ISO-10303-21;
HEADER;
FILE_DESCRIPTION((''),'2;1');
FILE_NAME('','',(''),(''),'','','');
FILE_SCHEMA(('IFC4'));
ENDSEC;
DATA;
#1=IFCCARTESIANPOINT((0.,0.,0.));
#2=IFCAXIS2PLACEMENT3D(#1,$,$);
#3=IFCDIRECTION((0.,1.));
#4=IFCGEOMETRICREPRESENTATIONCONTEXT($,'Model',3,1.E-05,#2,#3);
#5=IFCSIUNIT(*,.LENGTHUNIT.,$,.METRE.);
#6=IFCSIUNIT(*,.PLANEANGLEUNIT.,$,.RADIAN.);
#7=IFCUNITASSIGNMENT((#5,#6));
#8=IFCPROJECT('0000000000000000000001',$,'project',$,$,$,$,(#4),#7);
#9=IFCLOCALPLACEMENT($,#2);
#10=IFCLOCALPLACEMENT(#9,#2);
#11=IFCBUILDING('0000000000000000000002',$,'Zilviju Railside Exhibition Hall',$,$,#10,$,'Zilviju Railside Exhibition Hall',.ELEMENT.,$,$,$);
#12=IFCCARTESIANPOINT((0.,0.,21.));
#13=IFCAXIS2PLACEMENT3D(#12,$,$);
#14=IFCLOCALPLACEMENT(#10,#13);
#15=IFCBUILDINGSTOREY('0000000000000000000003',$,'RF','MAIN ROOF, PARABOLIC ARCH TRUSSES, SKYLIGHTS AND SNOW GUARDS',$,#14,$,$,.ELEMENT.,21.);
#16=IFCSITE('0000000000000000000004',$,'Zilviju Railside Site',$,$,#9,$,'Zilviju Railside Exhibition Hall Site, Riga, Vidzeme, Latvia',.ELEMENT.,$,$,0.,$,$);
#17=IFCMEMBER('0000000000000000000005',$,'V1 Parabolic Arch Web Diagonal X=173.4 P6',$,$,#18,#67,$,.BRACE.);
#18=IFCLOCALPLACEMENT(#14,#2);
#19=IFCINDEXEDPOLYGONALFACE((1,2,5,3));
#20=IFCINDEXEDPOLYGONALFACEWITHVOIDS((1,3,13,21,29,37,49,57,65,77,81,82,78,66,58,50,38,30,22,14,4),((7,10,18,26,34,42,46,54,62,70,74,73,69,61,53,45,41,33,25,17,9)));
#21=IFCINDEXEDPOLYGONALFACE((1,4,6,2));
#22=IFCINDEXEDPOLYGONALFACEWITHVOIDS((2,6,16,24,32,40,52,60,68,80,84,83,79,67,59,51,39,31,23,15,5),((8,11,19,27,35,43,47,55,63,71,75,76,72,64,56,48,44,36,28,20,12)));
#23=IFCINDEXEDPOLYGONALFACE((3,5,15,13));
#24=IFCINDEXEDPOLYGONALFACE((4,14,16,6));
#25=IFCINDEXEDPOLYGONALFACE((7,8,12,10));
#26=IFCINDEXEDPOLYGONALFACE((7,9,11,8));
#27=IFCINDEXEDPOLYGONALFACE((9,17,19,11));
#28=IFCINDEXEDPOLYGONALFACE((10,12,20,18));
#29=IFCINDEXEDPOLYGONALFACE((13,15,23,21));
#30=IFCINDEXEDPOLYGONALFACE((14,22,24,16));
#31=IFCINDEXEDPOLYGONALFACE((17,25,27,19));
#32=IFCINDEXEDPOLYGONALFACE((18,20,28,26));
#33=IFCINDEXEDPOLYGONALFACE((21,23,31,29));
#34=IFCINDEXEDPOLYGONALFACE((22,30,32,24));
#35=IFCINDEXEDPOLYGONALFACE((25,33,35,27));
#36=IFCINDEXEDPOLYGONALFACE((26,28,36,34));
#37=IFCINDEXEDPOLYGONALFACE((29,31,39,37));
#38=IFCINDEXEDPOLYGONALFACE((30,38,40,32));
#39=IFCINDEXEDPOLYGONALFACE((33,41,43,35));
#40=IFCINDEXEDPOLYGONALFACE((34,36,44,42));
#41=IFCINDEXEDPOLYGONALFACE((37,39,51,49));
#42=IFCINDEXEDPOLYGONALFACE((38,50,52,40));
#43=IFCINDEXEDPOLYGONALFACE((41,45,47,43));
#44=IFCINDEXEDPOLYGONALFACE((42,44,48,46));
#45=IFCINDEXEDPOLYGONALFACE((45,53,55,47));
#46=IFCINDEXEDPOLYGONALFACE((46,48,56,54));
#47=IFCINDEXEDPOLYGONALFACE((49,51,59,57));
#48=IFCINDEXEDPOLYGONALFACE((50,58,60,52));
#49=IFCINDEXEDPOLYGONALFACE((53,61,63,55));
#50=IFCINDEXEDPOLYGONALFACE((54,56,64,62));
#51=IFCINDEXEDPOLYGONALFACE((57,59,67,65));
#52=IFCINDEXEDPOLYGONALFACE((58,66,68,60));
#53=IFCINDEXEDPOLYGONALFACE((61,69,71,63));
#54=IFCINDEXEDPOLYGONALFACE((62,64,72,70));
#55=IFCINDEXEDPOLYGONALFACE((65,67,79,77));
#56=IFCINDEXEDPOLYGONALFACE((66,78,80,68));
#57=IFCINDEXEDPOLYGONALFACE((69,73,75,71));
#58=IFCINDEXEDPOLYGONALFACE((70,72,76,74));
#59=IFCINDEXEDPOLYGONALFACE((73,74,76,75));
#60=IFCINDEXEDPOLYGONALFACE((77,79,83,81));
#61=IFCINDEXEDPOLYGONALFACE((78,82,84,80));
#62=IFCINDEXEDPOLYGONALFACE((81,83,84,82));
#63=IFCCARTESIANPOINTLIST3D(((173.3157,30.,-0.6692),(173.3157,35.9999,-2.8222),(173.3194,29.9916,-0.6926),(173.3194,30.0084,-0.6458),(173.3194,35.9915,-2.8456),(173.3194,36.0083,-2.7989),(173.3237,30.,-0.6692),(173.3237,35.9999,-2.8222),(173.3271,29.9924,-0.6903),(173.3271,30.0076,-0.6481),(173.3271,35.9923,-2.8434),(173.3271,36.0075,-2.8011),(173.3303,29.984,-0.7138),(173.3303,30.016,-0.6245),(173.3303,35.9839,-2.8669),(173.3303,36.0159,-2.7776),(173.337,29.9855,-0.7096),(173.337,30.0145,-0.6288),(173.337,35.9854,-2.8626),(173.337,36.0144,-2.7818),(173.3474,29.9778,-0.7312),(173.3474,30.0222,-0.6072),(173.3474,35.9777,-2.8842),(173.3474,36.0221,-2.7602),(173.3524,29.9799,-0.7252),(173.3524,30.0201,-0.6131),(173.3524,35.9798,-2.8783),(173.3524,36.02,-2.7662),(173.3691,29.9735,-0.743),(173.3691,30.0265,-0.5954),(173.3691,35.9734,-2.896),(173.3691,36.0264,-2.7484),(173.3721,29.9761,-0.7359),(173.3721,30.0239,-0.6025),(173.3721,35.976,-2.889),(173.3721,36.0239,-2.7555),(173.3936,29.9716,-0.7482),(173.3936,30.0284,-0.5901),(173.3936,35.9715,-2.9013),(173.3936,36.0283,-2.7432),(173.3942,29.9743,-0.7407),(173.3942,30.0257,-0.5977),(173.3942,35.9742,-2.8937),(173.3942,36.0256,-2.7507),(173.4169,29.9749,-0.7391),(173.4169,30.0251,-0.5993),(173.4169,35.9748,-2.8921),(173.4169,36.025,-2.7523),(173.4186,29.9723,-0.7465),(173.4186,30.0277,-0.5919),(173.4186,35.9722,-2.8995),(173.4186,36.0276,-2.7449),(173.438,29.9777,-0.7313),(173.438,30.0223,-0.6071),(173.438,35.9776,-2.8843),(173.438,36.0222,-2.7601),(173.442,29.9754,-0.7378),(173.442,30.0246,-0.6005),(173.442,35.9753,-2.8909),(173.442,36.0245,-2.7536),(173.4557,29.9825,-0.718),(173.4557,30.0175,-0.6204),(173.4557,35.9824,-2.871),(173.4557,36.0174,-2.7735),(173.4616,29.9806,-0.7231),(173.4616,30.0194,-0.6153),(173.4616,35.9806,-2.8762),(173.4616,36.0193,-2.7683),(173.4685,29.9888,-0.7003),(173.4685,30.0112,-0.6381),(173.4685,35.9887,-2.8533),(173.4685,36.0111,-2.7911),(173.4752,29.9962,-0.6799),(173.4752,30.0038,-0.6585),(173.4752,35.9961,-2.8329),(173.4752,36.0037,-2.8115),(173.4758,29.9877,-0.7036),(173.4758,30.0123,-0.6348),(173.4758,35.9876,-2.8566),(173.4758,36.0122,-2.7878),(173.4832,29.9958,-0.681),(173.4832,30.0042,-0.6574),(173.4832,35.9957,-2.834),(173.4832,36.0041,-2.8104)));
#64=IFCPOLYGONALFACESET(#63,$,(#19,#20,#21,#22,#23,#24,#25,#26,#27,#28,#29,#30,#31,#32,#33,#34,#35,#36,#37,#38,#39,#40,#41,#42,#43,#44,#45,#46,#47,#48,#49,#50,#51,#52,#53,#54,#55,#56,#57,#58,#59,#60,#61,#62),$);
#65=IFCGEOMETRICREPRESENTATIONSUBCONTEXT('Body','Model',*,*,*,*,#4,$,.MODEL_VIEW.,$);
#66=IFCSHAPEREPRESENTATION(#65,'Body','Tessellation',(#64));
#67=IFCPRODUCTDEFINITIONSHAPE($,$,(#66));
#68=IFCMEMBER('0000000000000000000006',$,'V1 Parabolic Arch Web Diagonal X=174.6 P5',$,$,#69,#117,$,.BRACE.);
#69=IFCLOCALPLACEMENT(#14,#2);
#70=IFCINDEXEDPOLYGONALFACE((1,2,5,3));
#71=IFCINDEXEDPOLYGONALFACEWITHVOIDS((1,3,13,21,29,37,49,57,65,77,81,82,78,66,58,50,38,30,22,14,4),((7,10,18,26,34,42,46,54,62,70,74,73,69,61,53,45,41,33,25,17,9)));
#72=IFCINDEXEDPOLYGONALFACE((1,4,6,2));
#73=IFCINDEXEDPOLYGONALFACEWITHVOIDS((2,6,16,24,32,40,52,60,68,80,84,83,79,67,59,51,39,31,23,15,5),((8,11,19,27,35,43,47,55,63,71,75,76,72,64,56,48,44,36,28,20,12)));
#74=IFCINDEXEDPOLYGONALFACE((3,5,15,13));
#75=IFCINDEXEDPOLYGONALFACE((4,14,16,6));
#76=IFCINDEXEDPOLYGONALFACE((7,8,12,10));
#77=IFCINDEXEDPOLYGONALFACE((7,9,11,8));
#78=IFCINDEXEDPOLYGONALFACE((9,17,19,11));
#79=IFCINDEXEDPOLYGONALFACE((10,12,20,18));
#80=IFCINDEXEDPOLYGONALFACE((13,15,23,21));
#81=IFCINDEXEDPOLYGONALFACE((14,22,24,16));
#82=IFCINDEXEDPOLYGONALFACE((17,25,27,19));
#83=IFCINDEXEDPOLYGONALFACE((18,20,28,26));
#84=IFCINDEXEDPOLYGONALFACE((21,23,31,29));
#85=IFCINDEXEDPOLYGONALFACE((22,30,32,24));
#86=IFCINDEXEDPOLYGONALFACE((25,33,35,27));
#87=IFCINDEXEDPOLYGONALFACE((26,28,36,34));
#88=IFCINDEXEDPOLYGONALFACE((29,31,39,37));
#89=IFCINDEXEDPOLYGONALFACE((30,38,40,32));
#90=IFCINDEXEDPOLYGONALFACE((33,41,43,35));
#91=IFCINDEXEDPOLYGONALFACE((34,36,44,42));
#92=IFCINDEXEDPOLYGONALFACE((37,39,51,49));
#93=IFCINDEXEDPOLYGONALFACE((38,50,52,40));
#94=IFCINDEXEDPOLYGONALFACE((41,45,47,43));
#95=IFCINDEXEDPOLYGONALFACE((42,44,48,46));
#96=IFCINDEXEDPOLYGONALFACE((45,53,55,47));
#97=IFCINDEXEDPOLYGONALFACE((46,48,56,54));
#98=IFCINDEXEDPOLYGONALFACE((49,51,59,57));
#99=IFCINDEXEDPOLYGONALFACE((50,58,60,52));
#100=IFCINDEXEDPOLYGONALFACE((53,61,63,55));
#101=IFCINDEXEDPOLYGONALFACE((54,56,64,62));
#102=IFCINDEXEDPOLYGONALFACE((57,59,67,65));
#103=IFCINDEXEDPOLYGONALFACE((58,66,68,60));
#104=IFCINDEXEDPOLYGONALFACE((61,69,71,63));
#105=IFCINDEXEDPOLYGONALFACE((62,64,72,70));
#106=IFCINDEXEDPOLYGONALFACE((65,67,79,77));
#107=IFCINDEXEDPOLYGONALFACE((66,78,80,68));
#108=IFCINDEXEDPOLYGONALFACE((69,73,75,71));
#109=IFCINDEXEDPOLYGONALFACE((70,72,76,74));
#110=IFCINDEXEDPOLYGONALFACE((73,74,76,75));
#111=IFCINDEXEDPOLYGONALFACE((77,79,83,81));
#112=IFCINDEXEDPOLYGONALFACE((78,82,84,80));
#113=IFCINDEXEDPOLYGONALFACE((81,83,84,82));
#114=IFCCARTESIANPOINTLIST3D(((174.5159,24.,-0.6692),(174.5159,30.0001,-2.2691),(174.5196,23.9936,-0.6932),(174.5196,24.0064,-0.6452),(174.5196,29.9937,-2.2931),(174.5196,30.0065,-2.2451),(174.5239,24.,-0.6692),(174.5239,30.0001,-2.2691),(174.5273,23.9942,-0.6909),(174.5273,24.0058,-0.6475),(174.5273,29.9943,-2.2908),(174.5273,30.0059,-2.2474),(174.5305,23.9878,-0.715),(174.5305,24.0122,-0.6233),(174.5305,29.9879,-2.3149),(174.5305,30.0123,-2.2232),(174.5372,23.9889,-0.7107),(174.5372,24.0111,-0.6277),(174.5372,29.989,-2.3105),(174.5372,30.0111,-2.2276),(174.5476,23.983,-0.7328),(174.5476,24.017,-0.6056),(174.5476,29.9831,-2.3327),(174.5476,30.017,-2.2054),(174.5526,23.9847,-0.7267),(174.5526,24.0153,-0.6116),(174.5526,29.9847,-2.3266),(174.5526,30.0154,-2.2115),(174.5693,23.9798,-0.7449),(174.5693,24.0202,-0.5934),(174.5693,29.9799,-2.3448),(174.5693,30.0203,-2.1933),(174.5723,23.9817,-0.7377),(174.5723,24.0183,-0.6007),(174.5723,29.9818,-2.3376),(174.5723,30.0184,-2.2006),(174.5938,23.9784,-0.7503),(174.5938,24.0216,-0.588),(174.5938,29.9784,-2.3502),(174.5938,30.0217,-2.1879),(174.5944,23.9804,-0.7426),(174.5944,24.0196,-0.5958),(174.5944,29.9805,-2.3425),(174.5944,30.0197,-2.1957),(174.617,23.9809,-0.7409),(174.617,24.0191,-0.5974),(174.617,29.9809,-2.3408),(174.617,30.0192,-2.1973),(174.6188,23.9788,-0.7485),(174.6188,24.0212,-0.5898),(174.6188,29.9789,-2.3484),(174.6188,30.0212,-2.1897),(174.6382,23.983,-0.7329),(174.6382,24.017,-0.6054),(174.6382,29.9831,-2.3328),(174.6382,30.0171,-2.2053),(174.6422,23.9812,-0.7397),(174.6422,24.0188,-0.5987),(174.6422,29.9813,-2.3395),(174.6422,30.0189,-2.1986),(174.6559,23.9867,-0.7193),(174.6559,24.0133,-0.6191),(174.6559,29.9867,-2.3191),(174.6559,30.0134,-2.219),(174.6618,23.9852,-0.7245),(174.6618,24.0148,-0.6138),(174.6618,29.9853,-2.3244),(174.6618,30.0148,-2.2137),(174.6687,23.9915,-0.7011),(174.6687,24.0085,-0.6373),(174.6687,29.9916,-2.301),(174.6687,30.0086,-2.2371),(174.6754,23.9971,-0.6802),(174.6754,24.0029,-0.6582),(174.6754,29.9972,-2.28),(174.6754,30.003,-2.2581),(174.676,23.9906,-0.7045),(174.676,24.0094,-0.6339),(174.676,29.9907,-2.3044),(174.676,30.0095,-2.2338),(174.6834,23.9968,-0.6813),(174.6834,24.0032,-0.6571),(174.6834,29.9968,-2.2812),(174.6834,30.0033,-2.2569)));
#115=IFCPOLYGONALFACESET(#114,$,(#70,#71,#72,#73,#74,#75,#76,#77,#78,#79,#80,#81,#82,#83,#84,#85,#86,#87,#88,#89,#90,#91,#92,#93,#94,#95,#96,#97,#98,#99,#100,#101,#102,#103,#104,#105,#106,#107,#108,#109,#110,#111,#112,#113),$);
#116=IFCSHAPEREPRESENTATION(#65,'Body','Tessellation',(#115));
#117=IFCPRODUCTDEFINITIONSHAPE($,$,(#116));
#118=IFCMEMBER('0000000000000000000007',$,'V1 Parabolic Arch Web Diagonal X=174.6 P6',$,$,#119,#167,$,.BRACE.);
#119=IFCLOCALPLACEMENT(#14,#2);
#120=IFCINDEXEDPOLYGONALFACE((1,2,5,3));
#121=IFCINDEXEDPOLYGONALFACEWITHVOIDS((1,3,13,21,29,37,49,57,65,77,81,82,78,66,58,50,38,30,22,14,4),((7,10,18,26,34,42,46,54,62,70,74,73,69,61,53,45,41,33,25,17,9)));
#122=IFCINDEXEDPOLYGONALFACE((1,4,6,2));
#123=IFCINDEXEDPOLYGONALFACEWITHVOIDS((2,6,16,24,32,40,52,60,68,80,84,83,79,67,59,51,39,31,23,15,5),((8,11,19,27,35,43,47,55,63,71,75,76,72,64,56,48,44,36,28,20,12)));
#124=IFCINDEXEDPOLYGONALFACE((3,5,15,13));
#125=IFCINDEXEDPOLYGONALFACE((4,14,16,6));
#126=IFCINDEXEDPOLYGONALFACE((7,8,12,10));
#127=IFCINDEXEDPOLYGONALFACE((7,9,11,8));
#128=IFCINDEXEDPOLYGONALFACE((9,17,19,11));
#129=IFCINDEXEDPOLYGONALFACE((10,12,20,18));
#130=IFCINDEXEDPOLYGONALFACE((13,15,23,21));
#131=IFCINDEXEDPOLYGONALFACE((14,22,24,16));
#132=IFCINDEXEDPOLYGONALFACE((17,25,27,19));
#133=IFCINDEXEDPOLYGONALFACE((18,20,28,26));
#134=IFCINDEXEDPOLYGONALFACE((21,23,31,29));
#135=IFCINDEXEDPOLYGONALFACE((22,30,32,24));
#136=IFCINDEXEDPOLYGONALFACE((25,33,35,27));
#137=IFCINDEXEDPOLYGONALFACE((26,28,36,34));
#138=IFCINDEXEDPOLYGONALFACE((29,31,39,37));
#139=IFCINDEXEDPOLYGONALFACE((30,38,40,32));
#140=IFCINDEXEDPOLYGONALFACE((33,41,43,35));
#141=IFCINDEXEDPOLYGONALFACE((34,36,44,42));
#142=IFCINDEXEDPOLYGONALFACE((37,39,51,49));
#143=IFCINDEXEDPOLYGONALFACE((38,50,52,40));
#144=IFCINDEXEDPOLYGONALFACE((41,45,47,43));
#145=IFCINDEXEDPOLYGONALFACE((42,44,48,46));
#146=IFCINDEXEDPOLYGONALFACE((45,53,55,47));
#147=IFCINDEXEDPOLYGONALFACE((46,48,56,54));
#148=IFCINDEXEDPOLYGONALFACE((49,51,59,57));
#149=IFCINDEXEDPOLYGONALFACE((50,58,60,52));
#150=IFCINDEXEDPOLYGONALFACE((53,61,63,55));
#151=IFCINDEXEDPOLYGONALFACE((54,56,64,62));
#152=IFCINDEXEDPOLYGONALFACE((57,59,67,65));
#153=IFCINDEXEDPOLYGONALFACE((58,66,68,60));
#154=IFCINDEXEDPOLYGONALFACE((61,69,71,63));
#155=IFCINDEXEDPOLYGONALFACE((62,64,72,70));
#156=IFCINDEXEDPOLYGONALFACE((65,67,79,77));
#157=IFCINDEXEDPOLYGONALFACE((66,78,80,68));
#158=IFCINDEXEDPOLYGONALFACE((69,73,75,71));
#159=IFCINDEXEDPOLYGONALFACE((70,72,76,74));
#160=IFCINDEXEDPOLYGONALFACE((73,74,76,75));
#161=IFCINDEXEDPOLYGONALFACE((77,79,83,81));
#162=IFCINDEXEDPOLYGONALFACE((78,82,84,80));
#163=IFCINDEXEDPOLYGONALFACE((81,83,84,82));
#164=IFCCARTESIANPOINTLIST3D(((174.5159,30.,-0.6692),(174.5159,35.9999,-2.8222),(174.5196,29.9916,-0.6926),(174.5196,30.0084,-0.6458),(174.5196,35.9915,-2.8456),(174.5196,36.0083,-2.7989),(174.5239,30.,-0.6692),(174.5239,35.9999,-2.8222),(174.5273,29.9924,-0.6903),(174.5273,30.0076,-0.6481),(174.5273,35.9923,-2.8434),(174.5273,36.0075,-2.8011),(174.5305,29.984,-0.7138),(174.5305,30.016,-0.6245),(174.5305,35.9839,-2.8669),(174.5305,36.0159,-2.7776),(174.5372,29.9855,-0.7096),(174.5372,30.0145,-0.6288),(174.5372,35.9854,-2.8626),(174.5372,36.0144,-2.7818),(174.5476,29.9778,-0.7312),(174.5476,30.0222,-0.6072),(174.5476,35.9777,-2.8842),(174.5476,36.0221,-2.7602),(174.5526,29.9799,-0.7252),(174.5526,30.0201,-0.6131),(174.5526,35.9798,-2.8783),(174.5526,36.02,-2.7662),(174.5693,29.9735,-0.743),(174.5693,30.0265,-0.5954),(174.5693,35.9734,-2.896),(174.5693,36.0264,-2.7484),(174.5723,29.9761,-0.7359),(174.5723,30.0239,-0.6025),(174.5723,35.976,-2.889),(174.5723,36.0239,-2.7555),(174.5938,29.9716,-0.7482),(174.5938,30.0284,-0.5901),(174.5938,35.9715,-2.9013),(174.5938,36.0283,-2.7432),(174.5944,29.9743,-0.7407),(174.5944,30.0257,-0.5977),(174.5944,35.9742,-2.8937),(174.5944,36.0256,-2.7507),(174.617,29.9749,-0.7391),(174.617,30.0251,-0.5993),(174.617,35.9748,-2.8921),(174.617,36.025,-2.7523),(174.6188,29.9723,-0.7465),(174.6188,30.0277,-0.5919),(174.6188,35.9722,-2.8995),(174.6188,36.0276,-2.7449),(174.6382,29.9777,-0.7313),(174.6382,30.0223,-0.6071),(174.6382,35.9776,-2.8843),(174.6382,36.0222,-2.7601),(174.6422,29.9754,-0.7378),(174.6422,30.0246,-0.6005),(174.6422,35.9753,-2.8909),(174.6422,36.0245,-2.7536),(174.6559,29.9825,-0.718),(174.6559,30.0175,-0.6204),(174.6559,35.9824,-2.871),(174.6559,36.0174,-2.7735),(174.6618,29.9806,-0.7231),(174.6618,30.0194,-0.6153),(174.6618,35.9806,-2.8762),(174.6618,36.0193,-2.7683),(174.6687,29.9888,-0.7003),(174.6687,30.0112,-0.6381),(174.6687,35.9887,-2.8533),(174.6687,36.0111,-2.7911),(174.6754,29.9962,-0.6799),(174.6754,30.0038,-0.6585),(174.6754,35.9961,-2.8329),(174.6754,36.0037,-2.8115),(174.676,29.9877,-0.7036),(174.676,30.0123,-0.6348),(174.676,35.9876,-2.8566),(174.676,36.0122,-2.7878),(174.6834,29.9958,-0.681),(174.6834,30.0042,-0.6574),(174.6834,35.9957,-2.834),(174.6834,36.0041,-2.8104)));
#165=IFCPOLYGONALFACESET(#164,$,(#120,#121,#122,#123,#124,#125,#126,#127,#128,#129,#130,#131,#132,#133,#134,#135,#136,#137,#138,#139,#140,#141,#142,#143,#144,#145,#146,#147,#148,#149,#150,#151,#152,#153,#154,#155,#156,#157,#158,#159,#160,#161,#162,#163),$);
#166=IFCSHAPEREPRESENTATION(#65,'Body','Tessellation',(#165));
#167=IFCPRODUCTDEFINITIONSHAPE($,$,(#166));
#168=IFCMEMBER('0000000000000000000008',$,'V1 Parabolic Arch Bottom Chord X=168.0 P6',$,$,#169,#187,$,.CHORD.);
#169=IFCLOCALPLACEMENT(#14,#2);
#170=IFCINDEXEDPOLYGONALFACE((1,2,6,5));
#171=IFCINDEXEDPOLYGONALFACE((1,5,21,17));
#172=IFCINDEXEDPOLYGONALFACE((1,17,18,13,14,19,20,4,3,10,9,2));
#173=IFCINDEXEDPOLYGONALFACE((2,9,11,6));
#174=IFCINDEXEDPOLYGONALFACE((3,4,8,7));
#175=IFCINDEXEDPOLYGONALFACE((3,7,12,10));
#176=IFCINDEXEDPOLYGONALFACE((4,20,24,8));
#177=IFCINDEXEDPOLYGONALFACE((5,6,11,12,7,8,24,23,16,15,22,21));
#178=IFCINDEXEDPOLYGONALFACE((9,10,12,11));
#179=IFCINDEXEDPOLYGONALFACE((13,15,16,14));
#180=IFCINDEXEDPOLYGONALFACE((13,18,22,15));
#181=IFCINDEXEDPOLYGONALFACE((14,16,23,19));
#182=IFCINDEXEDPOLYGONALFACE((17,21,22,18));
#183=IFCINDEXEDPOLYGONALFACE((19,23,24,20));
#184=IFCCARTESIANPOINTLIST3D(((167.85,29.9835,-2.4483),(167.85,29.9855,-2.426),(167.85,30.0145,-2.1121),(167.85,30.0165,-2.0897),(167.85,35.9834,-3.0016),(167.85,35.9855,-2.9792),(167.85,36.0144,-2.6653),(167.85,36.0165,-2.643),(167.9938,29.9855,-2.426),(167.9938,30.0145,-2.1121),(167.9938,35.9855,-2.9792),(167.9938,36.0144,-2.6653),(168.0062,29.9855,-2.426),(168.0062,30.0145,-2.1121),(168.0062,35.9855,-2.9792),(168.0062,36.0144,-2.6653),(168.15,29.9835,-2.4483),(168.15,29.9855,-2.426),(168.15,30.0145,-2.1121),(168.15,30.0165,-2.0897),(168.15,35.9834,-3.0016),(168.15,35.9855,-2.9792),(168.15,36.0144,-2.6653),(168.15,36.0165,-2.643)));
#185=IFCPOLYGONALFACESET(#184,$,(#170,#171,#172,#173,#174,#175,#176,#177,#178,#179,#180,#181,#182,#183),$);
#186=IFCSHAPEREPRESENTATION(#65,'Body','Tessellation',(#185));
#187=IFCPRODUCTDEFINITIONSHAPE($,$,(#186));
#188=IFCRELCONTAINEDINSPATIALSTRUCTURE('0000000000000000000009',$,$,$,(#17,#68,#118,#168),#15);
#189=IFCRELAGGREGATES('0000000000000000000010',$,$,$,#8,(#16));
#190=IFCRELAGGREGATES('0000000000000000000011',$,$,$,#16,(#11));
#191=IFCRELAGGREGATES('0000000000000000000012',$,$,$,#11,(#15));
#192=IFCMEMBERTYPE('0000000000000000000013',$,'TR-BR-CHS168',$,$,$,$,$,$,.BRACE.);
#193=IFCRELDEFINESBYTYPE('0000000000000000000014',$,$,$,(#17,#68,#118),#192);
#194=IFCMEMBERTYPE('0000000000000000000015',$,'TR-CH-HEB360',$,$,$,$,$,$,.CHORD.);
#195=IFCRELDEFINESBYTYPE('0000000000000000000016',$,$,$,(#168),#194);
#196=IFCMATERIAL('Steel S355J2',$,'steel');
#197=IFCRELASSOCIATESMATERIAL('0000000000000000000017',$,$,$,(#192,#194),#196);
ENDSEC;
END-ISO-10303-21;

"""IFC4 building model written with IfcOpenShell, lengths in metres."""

from ifc_helpers import new_model, si_unit, direction, frame, origin, origin_2d, place, context, subcontext, project, spatial, hollow_circle, i_section, extrude, material, material_profile, profile_set, type_object, element, save


model = new_model("IFC4")

# Units and contexts
model_context = context("Model", 3, precision=1e-05, world=origin(), true_north=direction((0.0, 1.0)))
body_context = subcontext(model_context, "Body", "Model", "MODEL_VIEW")
ifc_project = project(units=[si_unit("LENGTHUNIT", "METRE"), si_unit("PLANEANGLEUNIT", "RADIAN")], contexts=[model_context])

# Site, building, storey
site_placement = place(None, origin())
site = spatial("IfcSite", under=ifc_project, at=site_placement, Name="Zilviju Railside Site", LongName="Zilviju Railside Exhibition Hall Site, Riga, Vidzeme, Latvia", CompositionType="ELEMENT", RefElevation=0.0)
building_placement = place(site_placement, origin())
building = spatial("IfcBuilding", under=site, at=building_placement, Name="Zilviju Railside Exhibition Hall", LongName="Zilviju Railside Exhibition Hall", CompositionType="ELEMENT")
storey_placement = place(building_placement, frame((0.0, 0.0, 21.0)))
storey = spatial("IfcBuildingStorey", under=building, at=storey_placement, Name="RF", Description="MAIN ROOF, PARABOLIC ARCH TRUSSES, SKYLIGHTS AND SNOW GUARDS", CompositionType="ELEMENT", Elevation=21.0)

# Members
ifc_material_1 = material(Name="Steel S355J2", Category="steel")
ifc_material_profile_1 = material_profile(ifc_material_1, hollow_circle(Radius=0.0842, WallThickness=0.0081, at=origin_2d()), Name="CHS 168.3x8.0")
ifc_profile_set_1 = profile_set([ifc_material_profile_1], Name="Steel S355J2")
member_type_1 = type_object("IfcMemberType", Name="TR-BR-CHS168", PredefinedType="BRACE", material=ifc_profile_set_1)
member_1_placement = place(storey_placement, frame((173.3999, 30.0, -0.6692), z_axis=(0.0, 0.941233, -0.337758), x_axis=(-1.0, 0.0, 0.0)))
element("IfcMember", 1, at=member_1_placement, inside=storey, type_object=member_type_1, Name="V1 Parabolic Arch Web Diagonal X=173.4 P6", PredefinedType="BRACE", context=body_context, shape_type="SweptSolid", body=[
    extrude(hollow_circle(Radius=0.0842, WallThickness=0.0081, at=origin_2d()), origin(), (0.0, 0.0, 1.0), 6.3745),
])
member_2_placement = place(storey_placement, frame((174.6001, 24.0, -0.6692), z_axis=(0.0, 0.966241, -0.257641), x_axis=(-1.0, 0.0, 0.0)))
element("IfcMember", 2, at=member_2_placement, inside=storey, type_object=member_type_1, Name="V1 Parabolic Arch Web Diagonal X=174.6 P5", PredefinedType="BRACE", context=body_context, shape_type="SweptSolid", body=[
    extrude(hollow_circle(Radius=0.0842, WallThickness=0.0081, at=origin_2d()), origin(), (0.0, 0.0, 1.0), 6.2097),
])
member_3_placement = place(storey_placement, frame((174.6001, 30.0, -0.6692), z_axis=(0.0, 0.941233, -0.337758), x_axis=(-1.0, 0.0, 0.0)))
element("IfcMember", 3, at=member_3_placement, inside=storey, type_object=member_type_1, Name="V1 Parabolic Arch Web Diagonal X=174.6 P6", PredefinedType="BRACE", context=body_context, shape_type="SweptSolid", body=[
    extrude(hollow_circle(Radius=0.0842, WallThickness=0.0081, at=origin_2d()), origin(), (0.0, 0.0, 1.0), 6.3745),
])
ifc_material_profile_2 = material_profile(ifc_material_1, i_section(OverallWidth=0.3, OverallDepth=0.3601, WebThickness=0.0125, FlangeThickness=0.0225, at=origin_2d()), Name="HEB 360")
ifc_profile_set_2 = profile_set([ifc_material_profile_2], Name="Steel S355J2")
member_type_2 = type_object("IfcMemberType", Name="TR-CH-HEB360", PredefinedType="CHORD", material=ifc_profile_set_2)
member_4_placement = place(storey_placement, frame((168.0, 30.0, -2.269), z_axis=(0.0, 0.995776, -0.091814), x_axis=(-1.0, 0.0, 0.0)))
element("IfcMember", 4, at=member_4_placement, inside=storey, type_object=member_type_2, Name="V1 Parabolic Arch Bottom Chord X=168.0 P6", PredefinedType="CHORD", context=body_context, shape_type="SweptSolid", body=[
    extrude(i_section(OverallWidth=0.3, OverallDepth=0.3601, WebThickness=0.0125, FlangeThickness=0.0225, at=origin_2d()), origin(), (0.0, 0.0, 1.0), 6.0254),
])

save(model, "model.ifc")
